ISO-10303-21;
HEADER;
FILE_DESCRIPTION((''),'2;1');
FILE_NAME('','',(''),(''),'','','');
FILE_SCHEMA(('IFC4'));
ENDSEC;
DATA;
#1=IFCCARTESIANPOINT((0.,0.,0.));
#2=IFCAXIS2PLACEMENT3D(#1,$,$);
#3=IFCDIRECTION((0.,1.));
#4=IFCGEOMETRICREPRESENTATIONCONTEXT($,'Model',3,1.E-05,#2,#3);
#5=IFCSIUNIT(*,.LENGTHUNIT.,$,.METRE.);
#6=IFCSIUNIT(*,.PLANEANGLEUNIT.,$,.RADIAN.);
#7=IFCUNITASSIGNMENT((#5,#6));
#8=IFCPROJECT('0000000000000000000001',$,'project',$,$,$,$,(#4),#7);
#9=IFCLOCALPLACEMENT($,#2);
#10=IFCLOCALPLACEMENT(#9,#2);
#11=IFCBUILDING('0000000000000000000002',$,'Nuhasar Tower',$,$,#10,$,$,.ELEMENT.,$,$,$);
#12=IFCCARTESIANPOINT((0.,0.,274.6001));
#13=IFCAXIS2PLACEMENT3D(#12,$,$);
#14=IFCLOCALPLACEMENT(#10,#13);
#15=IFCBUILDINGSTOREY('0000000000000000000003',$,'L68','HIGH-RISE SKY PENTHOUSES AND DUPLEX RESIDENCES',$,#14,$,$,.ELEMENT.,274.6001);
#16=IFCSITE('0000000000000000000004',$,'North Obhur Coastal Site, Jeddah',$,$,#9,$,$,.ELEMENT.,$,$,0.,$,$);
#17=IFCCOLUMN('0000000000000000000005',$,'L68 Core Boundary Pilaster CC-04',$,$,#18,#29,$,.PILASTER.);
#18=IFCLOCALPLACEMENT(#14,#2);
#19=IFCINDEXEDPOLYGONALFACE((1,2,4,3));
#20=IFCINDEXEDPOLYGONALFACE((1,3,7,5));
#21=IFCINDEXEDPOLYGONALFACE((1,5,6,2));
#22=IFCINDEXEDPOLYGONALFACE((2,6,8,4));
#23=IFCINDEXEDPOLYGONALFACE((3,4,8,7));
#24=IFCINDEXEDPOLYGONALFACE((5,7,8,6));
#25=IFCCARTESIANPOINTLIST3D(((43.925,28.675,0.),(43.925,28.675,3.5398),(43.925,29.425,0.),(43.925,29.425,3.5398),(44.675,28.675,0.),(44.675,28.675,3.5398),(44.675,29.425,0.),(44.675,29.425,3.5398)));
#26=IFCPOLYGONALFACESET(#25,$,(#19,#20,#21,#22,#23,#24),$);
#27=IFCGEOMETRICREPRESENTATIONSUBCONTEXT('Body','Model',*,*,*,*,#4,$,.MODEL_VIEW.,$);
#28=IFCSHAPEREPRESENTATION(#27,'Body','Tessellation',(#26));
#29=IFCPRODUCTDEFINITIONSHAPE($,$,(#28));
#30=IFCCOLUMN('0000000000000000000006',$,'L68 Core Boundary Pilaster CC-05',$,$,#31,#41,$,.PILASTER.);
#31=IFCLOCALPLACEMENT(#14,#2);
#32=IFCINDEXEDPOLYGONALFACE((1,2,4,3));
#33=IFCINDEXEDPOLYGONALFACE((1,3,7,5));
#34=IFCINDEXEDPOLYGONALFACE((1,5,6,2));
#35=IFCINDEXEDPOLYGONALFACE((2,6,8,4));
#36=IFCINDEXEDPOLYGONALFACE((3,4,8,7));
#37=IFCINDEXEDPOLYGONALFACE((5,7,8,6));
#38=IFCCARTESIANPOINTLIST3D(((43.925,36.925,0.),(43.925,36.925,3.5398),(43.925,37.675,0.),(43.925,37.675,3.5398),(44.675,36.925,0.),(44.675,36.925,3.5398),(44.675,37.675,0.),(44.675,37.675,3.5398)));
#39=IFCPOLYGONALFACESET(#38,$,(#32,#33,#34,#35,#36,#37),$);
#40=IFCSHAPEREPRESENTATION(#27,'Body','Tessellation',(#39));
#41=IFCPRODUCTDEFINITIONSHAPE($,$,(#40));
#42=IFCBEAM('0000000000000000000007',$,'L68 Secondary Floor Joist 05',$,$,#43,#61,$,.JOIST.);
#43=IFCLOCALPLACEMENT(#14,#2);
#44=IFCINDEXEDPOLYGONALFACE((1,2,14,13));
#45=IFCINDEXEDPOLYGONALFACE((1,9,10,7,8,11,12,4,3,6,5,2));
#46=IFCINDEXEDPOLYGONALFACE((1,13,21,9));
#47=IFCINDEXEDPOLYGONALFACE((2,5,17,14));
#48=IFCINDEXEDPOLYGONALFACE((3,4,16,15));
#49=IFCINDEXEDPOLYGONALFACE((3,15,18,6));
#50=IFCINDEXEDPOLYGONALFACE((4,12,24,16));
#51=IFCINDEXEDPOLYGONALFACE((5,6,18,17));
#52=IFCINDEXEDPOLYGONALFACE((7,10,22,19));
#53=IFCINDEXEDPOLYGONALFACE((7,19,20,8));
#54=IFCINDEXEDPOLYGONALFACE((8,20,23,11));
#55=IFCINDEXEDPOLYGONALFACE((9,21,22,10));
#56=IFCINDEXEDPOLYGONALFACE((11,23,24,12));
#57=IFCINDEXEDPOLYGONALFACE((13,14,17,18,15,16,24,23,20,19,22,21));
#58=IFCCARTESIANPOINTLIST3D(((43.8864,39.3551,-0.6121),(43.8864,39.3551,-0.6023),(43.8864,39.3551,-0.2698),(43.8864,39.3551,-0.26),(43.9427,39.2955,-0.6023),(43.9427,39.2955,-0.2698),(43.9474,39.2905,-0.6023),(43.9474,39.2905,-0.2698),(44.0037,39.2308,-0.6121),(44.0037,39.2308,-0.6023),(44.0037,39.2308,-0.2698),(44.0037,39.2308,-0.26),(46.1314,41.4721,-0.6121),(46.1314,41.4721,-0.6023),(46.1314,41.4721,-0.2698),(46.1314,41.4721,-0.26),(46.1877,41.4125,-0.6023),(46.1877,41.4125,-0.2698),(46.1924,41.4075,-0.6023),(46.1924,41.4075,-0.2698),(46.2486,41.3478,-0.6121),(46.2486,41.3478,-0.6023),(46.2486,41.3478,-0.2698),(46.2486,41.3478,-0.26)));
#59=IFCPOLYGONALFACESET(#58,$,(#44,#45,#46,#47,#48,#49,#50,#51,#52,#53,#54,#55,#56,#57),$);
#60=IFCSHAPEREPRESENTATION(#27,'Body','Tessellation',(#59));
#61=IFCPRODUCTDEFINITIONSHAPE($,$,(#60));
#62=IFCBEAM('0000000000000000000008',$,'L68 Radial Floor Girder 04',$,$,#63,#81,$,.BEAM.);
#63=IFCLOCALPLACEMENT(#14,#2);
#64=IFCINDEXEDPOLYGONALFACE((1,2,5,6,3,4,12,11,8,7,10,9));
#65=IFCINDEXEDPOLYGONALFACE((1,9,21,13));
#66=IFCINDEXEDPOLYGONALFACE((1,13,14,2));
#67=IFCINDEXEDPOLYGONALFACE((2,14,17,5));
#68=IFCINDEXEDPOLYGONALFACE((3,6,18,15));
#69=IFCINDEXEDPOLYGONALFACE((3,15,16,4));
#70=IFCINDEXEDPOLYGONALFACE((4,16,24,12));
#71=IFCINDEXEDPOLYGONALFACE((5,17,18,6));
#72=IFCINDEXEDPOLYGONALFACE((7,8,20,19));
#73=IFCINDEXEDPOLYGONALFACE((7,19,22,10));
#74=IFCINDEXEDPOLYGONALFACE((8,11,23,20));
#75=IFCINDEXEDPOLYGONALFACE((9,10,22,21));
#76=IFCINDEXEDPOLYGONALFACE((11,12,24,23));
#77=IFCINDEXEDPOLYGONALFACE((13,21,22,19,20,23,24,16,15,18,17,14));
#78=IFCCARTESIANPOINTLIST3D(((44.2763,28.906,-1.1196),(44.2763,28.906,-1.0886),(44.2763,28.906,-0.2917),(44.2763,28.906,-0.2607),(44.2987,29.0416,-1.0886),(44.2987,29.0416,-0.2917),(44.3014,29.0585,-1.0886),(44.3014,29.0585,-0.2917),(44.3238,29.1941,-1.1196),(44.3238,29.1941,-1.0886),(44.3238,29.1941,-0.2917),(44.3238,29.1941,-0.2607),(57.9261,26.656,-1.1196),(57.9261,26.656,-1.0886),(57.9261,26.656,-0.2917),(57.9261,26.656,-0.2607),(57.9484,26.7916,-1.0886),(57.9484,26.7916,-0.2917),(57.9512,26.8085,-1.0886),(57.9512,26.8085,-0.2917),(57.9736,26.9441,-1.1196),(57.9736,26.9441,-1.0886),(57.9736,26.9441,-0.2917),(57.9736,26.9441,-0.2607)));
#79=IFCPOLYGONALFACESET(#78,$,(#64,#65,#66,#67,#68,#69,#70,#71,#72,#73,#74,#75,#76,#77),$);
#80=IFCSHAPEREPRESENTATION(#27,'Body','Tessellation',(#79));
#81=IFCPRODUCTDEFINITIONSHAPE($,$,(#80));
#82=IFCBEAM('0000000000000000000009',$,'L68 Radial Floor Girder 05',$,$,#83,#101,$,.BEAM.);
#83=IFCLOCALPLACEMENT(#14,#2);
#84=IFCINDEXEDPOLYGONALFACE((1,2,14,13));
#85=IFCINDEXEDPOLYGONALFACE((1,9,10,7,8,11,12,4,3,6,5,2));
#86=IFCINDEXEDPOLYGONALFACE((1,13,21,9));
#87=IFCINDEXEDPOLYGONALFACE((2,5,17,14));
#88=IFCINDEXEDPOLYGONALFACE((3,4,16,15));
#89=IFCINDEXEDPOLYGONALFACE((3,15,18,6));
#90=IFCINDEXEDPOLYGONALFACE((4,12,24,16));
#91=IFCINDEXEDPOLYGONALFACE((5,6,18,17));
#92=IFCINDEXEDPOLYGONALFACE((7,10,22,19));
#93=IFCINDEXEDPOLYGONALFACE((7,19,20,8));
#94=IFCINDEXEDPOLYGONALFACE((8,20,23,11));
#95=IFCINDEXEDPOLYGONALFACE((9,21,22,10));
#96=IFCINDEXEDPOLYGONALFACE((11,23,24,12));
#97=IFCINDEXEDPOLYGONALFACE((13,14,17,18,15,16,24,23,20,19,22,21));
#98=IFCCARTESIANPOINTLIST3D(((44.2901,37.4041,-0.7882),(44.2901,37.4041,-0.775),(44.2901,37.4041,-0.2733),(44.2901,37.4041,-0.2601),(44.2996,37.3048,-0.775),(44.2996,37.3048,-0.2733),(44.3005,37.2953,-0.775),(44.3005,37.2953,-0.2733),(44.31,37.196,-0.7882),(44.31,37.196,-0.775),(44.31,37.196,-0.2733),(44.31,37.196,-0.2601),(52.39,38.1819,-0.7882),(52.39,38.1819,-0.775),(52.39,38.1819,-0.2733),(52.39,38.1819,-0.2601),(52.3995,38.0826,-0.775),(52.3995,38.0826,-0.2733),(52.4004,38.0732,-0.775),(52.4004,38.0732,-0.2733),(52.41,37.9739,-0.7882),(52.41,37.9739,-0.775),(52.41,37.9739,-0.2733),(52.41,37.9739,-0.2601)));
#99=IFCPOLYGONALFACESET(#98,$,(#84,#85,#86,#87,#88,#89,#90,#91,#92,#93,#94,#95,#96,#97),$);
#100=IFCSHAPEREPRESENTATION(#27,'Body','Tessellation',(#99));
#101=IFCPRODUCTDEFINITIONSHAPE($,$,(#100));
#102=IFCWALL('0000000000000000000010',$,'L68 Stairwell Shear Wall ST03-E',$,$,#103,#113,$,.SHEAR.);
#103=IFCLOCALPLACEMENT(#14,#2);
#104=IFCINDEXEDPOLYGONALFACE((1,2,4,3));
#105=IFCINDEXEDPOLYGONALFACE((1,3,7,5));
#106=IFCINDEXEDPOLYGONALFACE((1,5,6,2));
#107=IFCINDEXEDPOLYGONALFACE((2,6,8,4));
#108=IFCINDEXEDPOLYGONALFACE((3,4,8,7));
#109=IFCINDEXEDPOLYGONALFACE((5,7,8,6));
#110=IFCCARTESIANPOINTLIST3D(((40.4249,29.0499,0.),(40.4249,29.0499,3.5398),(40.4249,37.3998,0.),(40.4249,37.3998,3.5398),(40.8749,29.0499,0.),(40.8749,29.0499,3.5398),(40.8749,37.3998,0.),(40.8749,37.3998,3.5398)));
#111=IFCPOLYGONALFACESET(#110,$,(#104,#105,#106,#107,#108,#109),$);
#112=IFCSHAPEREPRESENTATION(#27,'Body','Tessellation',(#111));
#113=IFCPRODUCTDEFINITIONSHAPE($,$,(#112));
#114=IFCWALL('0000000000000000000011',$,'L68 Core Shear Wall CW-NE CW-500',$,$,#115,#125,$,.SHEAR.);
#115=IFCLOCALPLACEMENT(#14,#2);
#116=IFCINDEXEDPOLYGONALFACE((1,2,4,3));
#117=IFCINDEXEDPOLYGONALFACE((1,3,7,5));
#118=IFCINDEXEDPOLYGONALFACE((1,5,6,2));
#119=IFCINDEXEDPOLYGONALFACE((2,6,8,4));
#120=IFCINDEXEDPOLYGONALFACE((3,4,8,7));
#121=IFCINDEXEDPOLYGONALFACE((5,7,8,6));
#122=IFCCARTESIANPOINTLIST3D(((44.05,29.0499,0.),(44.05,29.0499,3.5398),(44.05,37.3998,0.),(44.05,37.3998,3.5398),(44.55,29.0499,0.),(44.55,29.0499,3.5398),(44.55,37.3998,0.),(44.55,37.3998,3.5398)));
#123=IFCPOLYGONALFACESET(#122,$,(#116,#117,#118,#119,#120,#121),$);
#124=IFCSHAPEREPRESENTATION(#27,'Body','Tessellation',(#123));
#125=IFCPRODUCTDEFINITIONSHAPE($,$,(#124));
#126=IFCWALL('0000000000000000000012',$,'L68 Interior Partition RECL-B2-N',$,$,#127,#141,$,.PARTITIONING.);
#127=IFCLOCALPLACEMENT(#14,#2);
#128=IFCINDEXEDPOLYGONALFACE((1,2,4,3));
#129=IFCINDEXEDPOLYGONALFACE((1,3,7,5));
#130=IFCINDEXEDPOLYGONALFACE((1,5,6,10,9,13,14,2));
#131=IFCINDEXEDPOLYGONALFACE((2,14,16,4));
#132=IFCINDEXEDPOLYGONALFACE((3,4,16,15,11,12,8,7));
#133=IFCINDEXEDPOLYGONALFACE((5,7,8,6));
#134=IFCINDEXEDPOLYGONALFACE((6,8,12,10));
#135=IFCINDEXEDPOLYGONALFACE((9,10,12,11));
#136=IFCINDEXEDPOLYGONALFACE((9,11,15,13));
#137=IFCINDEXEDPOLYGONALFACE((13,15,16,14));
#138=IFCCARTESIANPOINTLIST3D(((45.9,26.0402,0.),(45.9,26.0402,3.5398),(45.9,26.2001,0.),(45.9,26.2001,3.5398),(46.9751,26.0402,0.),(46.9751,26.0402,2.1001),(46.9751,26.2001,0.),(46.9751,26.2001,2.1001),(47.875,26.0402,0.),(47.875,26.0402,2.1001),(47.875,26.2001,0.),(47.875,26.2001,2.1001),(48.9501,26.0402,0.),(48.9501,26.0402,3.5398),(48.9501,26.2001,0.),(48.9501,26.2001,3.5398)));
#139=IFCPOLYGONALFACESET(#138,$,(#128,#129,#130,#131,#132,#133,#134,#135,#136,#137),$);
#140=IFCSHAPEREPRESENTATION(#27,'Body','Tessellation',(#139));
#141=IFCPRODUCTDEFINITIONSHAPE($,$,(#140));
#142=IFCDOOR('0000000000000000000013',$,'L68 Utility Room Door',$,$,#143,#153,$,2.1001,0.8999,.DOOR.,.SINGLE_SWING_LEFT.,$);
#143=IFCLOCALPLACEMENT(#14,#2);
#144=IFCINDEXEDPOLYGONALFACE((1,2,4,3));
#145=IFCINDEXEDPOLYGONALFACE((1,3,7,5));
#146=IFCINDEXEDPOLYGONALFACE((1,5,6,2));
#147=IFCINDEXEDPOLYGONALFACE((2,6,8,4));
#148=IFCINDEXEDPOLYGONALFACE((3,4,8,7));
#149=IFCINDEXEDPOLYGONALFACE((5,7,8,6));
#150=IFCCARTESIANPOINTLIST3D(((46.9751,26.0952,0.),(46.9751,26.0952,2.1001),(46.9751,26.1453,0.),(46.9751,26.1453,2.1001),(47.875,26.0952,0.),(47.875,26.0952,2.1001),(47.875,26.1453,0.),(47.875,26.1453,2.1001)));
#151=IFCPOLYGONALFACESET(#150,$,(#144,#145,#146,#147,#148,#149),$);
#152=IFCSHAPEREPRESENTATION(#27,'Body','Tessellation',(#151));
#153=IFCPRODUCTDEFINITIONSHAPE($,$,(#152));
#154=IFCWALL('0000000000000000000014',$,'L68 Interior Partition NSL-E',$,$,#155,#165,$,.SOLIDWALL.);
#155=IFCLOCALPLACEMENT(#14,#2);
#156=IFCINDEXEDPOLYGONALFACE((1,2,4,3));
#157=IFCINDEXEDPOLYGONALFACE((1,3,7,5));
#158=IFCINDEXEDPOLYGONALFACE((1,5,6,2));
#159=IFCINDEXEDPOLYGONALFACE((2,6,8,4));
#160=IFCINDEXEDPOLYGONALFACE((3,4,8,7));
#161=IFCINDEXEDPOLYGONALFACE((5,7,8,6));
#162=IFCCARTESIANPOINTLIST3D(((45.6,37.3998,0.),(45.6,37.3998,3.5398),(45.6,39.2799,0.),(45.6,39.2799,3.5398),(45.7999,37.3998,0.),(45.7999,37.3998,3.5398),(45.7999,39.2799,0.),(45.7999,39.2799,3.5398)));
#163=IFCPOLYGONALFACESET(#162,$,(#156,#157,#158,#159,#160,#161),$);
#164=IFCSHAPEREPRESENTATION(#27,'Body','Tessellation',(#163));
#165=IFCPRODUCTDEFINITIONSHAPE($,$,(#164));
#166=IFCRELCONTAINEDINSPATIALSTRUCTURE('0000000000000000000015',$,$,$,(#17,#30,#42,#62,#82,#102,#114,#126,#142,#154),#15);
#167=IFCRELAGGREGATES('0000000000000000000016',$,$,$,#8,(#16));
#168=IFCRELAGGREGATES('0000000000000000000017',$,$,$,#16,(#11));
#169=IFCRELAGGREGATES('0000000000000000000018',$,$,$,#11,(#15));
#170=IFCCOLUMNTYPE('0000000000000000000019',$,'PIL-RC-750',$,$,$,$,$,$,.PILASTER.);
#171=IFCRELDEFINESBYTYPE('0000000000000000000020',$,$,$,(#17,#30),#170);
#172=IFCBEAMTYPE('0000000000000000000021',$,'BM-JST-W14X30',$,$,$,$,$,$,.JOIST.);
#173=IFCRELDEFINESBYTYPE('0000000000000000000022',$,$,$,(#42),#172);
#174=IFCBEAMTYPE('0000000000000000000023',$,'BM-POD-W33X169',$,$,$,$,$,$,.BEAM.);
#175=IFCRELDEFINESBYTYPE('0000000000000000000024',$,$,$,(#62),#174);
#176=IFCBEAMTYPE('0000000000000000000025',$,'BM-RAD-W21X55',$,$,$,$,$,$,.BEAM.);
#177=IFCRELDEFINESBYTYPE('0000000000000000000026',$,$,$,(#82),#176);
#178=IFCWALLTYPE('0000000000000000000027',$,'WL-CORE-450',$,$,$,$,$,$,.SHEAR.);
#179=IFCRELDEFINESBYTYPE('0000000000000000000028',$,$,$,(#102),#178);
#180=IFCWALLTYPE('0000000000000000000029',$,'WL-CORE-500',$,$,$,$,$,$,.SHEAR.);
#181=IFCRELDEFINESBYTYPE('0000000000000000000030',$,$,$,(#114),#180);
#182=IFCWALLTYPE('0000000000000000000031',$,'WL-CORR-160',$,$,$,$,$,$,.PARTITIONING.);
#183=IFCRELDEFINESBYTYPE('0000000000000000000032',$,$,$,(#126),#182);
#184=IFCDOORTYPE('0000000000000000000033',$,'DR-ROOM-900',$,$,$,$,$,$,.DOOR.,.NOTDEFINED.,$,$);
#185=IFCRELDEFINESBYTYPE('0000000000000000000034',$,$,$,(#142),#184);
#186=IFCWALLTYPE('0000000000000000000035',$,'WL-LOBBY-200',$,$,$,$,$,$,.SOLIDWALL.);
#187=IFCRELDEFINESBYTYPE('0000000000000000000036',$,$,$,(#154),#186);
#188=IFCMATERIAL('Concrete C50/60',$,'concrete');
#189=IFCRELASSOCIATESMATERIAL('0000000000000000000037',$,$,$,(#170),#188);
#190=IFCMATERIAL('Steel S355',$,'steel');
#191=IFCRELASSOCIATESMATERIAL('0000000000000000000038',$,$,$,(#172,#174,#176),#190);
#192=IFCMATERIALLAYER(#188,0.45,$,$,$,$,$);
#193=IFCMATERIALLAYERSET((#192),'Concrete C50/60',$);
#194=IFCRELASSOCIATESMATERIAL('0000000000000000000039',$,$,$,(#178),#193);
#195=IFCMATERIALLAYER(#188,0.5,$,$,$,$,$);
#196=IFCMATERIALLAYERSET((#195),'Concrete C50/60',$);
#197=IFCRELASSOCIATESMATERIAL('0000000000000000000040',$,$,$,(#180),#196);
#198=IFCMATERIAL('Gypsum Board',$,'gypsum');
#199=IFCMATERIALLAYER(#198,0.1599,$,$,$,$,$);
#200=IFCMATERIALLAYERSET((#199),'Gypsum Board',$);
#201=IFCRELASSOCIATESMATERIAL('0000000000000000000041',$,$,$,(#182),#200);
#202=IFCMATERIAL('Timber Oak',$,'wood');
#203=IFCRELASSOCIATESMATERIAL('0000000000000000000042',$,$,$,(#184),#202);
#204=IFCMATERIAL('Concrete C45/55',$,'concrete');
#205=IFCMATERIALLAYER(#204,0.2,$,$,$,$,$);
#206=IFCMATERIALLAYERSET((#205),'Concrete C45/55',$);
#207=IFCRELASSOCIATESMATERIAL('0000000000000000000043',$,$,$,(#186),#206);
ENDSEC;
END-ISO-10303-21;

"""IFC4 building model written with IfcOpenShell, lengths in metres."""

from ifc_helpers import new_model, si_unit, direction, frame, frame_2d, origin, origin_2d, place, context, subcontext, project, spatial, rectangle, i_section, extrude, material, layer, layer_set, material_profile, profile_set, type_object, element, fill, save


model = new_model("IFC4")

# Units and contexts
model_context = context("Model", 3, precision=1e-05, world=origin(), true_north=direction((0.0, 1.0)))
body_context = subcontext(model_context, "Body", "Model", "MODEL_VIEW")
ifc_project = project(units=[si_unit("LENGTHUNIT", "METRE"), si_unit("PLANEANGLEUNIT", "RADIAN")], contexts=[model_context])

# Site, building, storey
site_placement = place(None, origin())
site = spatial("IfcSite", under=ifc_project, at=site_placement, Name="North Obhur Coastal Site, Jeddah", CompositionType="ELEMENT", RefElevation=0.0)
building_placement = place(site_placement, origin())
building = spatial("IfcBuilding", under=site, at=building_placement, Name="Nuhasar Tower", CompositionType="ELEMENT")
storey_placement = place(building_placement, frame((0.0, 0.0, 274.6001)))
storey = spatial("IfcBuildingStorey", under=building, at=storey_placement, Name="L68", Description="HIGH-RISE SKY PENTHOUSES AND DUPLEX RESIDENCES", CompositionType="ELEMENT", Elevation=274.6001)

# Columns
ifc_material_1 = material(Name="Concrete C50/60", Category="concrete")
ifc_material_profile_1 = material_profile(ifc_material_1, rectangle(XDim=0.75, YDim=0.75, at=origin_2d()), Name="RC750X750")
ifc_profile_set_1 = profile_set([ifc_material_profile_1], Name="Concrete C50/60")
column_type = type_object("IfcColumnType", Name="PIL-RC-750", PredefinedType="PILASTER", material=ifc_profile_set_1)
for number, where, z_axis, x_axis, name in (
    (1, (44.3, 29.05, 0.0), (0.0, 0.0, 1.0), (1.0, 0.0, 0.0), "L68 Core Boundary Pilaster CC-04"),
    (2, (44.3, 37.3, 0.0), (0.0, 0.0, 1.0), (1.0, 0.0, 0.0), "L68 Core Boundary Pilaster CC-05"),
):
    element("IfcColumn", number, at=place(storey_placement, frame(where, z_axis=z_axis, x_axis=x_axis)), inside=storey, type_object=column_type, Name=name, PredefinedType="PILASTER", context=body_context, shape_type="SweptSolid", body=[
        extrude(rectangle(XDim=0.75, YDim=0.75, at=origin_2d()), origin(), (0.0, 0.0, 1.0), 3.5398),
    ])

# Beams
ifc_material_2 = material(Name="Steel S355", Category="steel")
ifc_material_profile_2 = material_profile(ifc_material_2, i_section(OverallWidth=0.1709, OverallDepth=0.3521, WebThickness=0.0068, FlangeThickness=0.0098, at=origin_2d()), Name="W14X30")
ifc_profile_set_2 = profile_set([ifc_material_profile_2], Name="Steel S355")
beam_type_1 = type_object("IfcBeamType", Name="BM-JST-W14X30", PredefinedType="JOIST", material=ifc_profile_set_2)
beam_1_placement = place(storey_placement, frame((43.9451, 39.293, -0.436), z_axis=(0.727533, 0.686073, 0.0), x_axis=(-0.686073, 0.727533, 0.0)))
element("IfcBeam", 3, at=beam_1_placement, inside=storey, type_object=beam_type_1, Name="L68 Secondary Floor Joist 05", PredefinedType="JOIST", context=body_context, shape_type="SweptSolid", body=[
    extrude(i_section(OverallWidth=0.1709, OverallDepth=0.3521, WebThickness=0.0068, FlangeThickness=0.0098, at=origin_2d()), origin(), (0.0, 0.0, 1.0), 3.0857),
])
ifc_material_profile_3 = material_profile(ifc_material_2, i_section(OverallWidth=0.292, OverallDepth=0.8589, WebThickness=0.0171, FlangeThickness=0.031, at=origin_2d()), Name="W33X169")
ifc_profile_set_3 = profile_set([ifc_material_profile_3], Name="Steel S355")
beam_type_2 = type_object("IfcBeamType", Name="BM-POD-W33X169", PredefinedType="BEAM", material=ifc_profile_set_3)
beam_2_placement = place(storey_placement, frame((44.3, 29.05, -0.6902), z_axis=(0.986685, -0.162642, 0.0), x_axis=(0.162642, 0.986685, 0.0)))
element("IfcBeam", 4, at=beam_2_placement, inside=storey, type_object=beam_type_2, Name="L68 Radial Floor Girder 04", PredefinedType="BEAM", context=body_context, shape_type="SweptSolid", body=[
    extrude(i_section(OverallWidth=0.292, OverallDepth=0.8589, WebThickness=0.0171, FlangeThickness=0.031, at=origin_2d()), origin(), (0.0, 0.0, 1.0), 13.834),
])
ifc_material_profile_4 = material_profile(ifc_material_2, i_section(OverallWidth=0.209, OverallDepth=0.5281, WebThickness=0.0095, FlangeThickness=0.0132, at=origin_2d()), Name="W21X55")
ifc_profile_set_4 = profile_set([ifc_material_profile_4], Name="Steel S355")
beam_type_3 = type_object("IfcBeamType", Name="BM-RAD-W21X55", PredefinedType="BEAM", material=ifc_profile_set_4)
beam_3_placement = place(storey_placement, frame((44.3, 37.3, -0.5242), z_axis=(0.995421, 0.095591, 0.0), x_axis=(-0.095591, 0.995421, 0.0)))
element("IfcBeam", 5, at=beam_3_placement, inside=storey, type_object=beam_type_3, Name="L68 Radial Floor Girder 05", PredefinedType="BEAM", context=body_context, shape_type="SweptSolid", body=[
    extrude(i_section(OverallWidth=0.209, OverallDepth=0.5281, WebThickness=0.0095, FlangeThickness=0.0132, at=origin_2d()), origin(), (0.0, 0.0, 1.0), 8.1372),
])

# Shared definitions
ifc_layer_1 = layer(ifc_material_1, 0.45)
ifc_layer_set_1 = layer_set([ifc_layer_1], Name="Concrete C50/60")
wall_type_1 = type_object("IfcWallType", Name="WL-CORE-450", PredefinedType="SHEAR", material=ifc_layer_set_1)

# Wall
wall_1_placement = place(storey_placement, frame((40.6499, 29.05, 0.0), z_axis=(0.0, 0.0, 1.0), x_axis=(0.0, 1.0, 0.0)))
element("IfcWall", 6, at=wall_1_placement, inside=storey, type_object=wall_type_1, Name="L68 Stairwell Shear Wall ST03-E", PredefinedType="SHEAR", context=body_context, shape_type="SweptSolid", body=[
    extrude(rectangle(XDim=8.3499, YDim=0.45, at=frame_2d((4.1748, 0.0))), origin(), (0.0, 0.0, 1.0), 3.5398),
])

# Wall
ifc_layer_2 = layer(ifc_material_1, 0.5)
ifc_layer_set_2 = layer_set([ifc_layer_2], Name="Concrete C50/60")
wall_type_2 = type_object("IfcWallType", Name="WL-CORE-500", PredefinedType="SHEAR", material=ifc_layer_set_2)
wall_2_placement = place(storey_placement, frame((44.3, 29.05, 0.0), z_axis=(0.0, 0.0, 1.0), x_axis=(0.0, 1.0, 0.0)))
element("IfcWall", 7, at=wall_2_placement, inside=storey, type_object=wall_type_2, Name="L68 Core Shear Wall CW-NE CW-500", PredefinedType="SHEAR", context=body_context, shape_type="SweptSolid", body=[
    extrude(rectangle(XDim=8.3499, YDim=0.5, at=frame_2d((4.1748, 0.0))), origin(), (0.0, 0.0, 1.0), 3.5398),
])

# Wall, opening, door
ifc_material_3 = material(Name="Gypsum Board", Category="gypsum")
ifc_layer_3 = layer(ifc_material_3, 0.1599)
ifc_layer_set_3 = layer_set([ifc_layer_3], Name="Gypsum Board")
wall_type_3 = type_object("IfcWallType", Name="WL-CORR-160", PredefinedType="PARTITIONING", material=ifc_layer_set_3)
wall_3_placement = place(storey_placement, frame((48.95, 26.1201, 0.0), z_axis=(0.0, 0.0, 1.0), x_axis=(-1.0, 0.0, 0.0)))
wall_3 = element("IfcWall", 8, at=wall_3_placement, inside=storey, type_object=wall_type_3, Name="L68 Interior Partition RECL-B2-N", PredefinedType="PARTITIONING", context=body_context, shape_type="SweptSolid", body=[
    extrude(rectangle(XDim=3.05, YDim=0.1599, at=frame_2d((1.5249, 0.0))), origin(), (0.0, 0.0, 1.0), 3.5398),
])
opening_1_placement = place(wall_3_placement, frame((1.075, 0.0, 0.0)))
opening_1 = element("IfcOpeningElement", 9, at=opening_1_placement, cuts=wall_3, PredefinedType="OPENING", context=body_context, shape_type="SweptSolid", body=[
    extrude(rectangle(XDim=0.8999, YDim=2.1001, at=frame_2d((0.45, 1.05))), frame((0.0, 0.0898, 0.0), z_axis=(0.0, -1.0, 0.0), x_axis=(1.0, 0.0, 0.0)), (0.0, 0.0, 1.0), 0.1799),
])
ifc_material_4 = material(Name="Timber Oak", Category="wood")
door_type_1 = type_object("IfcDoorType", Name="DR-ROOM-900", OperationType="NOTDEFINED", PredefinedType="DOOR", material=ifc_material_4)
door_1_placement = place(opening_1_placement, origin())
door_1 = element("IfcDoor", 10, at=door_1_placement, inside=storey, type_object=door_type_1, Name="L68 Utility Room Door", OperationType="SINGLE_SWING_LEFT", OverallHeight=2.1001, OverallWidth=0.8999, PredefinedType="DOOR", context=body_context, shape_type="SweptSolid", body=[
    extrude(rectangle(XDim=0.8999, YDim=2.1001, at=frame_2d((0.45, 1.05))), frame((0.0, 0.0249, 0.0), z_axis=(0.0, -1.0, 0.0), x_axis=(1.0, 0.0, 0.0)), (0.0, 0.0, 1.0), 0.05),
])
fill(opening_1, door_1)

# Wall
ifc_material_5 = material(Name="Concrete C45/55", Category="concrete")
ifc_layer_4 = layer(ifc_material_5, 0.2)
ifc_layer_set_4 = layer_set([ifc_layer_4], Name="Concrete C45/55")
wall_type_4 = type_object("IfcWallType", Name="WL-LOBBY-200", PredefinedType="SOLIDWALL", material=ifc_layer_set_4)
wall_4_placement = place(storey_placement, frame((45.7, 37.3999, 0.0), z_axis=(0.0, 0.0, 1.0), x_axis=(0.0, 1.0, 0.0)))
element("IfcWall", 11, at=wall_4_placement, inside=storey, type_object=wall_type_4, Name="L68 Interior Partition NSL-E", PredefinedType="SOLIDWALL", context=body_context, shape_type="SweptSolid", body=[
    extrude(rectangle(XDim=1.8801, YDim=0.2, at=frame_2d((0.9399, 0.0))), origin(), (0.0, 0.0, 1.0), 3.5398),
])

save(model, "model.ifc")
